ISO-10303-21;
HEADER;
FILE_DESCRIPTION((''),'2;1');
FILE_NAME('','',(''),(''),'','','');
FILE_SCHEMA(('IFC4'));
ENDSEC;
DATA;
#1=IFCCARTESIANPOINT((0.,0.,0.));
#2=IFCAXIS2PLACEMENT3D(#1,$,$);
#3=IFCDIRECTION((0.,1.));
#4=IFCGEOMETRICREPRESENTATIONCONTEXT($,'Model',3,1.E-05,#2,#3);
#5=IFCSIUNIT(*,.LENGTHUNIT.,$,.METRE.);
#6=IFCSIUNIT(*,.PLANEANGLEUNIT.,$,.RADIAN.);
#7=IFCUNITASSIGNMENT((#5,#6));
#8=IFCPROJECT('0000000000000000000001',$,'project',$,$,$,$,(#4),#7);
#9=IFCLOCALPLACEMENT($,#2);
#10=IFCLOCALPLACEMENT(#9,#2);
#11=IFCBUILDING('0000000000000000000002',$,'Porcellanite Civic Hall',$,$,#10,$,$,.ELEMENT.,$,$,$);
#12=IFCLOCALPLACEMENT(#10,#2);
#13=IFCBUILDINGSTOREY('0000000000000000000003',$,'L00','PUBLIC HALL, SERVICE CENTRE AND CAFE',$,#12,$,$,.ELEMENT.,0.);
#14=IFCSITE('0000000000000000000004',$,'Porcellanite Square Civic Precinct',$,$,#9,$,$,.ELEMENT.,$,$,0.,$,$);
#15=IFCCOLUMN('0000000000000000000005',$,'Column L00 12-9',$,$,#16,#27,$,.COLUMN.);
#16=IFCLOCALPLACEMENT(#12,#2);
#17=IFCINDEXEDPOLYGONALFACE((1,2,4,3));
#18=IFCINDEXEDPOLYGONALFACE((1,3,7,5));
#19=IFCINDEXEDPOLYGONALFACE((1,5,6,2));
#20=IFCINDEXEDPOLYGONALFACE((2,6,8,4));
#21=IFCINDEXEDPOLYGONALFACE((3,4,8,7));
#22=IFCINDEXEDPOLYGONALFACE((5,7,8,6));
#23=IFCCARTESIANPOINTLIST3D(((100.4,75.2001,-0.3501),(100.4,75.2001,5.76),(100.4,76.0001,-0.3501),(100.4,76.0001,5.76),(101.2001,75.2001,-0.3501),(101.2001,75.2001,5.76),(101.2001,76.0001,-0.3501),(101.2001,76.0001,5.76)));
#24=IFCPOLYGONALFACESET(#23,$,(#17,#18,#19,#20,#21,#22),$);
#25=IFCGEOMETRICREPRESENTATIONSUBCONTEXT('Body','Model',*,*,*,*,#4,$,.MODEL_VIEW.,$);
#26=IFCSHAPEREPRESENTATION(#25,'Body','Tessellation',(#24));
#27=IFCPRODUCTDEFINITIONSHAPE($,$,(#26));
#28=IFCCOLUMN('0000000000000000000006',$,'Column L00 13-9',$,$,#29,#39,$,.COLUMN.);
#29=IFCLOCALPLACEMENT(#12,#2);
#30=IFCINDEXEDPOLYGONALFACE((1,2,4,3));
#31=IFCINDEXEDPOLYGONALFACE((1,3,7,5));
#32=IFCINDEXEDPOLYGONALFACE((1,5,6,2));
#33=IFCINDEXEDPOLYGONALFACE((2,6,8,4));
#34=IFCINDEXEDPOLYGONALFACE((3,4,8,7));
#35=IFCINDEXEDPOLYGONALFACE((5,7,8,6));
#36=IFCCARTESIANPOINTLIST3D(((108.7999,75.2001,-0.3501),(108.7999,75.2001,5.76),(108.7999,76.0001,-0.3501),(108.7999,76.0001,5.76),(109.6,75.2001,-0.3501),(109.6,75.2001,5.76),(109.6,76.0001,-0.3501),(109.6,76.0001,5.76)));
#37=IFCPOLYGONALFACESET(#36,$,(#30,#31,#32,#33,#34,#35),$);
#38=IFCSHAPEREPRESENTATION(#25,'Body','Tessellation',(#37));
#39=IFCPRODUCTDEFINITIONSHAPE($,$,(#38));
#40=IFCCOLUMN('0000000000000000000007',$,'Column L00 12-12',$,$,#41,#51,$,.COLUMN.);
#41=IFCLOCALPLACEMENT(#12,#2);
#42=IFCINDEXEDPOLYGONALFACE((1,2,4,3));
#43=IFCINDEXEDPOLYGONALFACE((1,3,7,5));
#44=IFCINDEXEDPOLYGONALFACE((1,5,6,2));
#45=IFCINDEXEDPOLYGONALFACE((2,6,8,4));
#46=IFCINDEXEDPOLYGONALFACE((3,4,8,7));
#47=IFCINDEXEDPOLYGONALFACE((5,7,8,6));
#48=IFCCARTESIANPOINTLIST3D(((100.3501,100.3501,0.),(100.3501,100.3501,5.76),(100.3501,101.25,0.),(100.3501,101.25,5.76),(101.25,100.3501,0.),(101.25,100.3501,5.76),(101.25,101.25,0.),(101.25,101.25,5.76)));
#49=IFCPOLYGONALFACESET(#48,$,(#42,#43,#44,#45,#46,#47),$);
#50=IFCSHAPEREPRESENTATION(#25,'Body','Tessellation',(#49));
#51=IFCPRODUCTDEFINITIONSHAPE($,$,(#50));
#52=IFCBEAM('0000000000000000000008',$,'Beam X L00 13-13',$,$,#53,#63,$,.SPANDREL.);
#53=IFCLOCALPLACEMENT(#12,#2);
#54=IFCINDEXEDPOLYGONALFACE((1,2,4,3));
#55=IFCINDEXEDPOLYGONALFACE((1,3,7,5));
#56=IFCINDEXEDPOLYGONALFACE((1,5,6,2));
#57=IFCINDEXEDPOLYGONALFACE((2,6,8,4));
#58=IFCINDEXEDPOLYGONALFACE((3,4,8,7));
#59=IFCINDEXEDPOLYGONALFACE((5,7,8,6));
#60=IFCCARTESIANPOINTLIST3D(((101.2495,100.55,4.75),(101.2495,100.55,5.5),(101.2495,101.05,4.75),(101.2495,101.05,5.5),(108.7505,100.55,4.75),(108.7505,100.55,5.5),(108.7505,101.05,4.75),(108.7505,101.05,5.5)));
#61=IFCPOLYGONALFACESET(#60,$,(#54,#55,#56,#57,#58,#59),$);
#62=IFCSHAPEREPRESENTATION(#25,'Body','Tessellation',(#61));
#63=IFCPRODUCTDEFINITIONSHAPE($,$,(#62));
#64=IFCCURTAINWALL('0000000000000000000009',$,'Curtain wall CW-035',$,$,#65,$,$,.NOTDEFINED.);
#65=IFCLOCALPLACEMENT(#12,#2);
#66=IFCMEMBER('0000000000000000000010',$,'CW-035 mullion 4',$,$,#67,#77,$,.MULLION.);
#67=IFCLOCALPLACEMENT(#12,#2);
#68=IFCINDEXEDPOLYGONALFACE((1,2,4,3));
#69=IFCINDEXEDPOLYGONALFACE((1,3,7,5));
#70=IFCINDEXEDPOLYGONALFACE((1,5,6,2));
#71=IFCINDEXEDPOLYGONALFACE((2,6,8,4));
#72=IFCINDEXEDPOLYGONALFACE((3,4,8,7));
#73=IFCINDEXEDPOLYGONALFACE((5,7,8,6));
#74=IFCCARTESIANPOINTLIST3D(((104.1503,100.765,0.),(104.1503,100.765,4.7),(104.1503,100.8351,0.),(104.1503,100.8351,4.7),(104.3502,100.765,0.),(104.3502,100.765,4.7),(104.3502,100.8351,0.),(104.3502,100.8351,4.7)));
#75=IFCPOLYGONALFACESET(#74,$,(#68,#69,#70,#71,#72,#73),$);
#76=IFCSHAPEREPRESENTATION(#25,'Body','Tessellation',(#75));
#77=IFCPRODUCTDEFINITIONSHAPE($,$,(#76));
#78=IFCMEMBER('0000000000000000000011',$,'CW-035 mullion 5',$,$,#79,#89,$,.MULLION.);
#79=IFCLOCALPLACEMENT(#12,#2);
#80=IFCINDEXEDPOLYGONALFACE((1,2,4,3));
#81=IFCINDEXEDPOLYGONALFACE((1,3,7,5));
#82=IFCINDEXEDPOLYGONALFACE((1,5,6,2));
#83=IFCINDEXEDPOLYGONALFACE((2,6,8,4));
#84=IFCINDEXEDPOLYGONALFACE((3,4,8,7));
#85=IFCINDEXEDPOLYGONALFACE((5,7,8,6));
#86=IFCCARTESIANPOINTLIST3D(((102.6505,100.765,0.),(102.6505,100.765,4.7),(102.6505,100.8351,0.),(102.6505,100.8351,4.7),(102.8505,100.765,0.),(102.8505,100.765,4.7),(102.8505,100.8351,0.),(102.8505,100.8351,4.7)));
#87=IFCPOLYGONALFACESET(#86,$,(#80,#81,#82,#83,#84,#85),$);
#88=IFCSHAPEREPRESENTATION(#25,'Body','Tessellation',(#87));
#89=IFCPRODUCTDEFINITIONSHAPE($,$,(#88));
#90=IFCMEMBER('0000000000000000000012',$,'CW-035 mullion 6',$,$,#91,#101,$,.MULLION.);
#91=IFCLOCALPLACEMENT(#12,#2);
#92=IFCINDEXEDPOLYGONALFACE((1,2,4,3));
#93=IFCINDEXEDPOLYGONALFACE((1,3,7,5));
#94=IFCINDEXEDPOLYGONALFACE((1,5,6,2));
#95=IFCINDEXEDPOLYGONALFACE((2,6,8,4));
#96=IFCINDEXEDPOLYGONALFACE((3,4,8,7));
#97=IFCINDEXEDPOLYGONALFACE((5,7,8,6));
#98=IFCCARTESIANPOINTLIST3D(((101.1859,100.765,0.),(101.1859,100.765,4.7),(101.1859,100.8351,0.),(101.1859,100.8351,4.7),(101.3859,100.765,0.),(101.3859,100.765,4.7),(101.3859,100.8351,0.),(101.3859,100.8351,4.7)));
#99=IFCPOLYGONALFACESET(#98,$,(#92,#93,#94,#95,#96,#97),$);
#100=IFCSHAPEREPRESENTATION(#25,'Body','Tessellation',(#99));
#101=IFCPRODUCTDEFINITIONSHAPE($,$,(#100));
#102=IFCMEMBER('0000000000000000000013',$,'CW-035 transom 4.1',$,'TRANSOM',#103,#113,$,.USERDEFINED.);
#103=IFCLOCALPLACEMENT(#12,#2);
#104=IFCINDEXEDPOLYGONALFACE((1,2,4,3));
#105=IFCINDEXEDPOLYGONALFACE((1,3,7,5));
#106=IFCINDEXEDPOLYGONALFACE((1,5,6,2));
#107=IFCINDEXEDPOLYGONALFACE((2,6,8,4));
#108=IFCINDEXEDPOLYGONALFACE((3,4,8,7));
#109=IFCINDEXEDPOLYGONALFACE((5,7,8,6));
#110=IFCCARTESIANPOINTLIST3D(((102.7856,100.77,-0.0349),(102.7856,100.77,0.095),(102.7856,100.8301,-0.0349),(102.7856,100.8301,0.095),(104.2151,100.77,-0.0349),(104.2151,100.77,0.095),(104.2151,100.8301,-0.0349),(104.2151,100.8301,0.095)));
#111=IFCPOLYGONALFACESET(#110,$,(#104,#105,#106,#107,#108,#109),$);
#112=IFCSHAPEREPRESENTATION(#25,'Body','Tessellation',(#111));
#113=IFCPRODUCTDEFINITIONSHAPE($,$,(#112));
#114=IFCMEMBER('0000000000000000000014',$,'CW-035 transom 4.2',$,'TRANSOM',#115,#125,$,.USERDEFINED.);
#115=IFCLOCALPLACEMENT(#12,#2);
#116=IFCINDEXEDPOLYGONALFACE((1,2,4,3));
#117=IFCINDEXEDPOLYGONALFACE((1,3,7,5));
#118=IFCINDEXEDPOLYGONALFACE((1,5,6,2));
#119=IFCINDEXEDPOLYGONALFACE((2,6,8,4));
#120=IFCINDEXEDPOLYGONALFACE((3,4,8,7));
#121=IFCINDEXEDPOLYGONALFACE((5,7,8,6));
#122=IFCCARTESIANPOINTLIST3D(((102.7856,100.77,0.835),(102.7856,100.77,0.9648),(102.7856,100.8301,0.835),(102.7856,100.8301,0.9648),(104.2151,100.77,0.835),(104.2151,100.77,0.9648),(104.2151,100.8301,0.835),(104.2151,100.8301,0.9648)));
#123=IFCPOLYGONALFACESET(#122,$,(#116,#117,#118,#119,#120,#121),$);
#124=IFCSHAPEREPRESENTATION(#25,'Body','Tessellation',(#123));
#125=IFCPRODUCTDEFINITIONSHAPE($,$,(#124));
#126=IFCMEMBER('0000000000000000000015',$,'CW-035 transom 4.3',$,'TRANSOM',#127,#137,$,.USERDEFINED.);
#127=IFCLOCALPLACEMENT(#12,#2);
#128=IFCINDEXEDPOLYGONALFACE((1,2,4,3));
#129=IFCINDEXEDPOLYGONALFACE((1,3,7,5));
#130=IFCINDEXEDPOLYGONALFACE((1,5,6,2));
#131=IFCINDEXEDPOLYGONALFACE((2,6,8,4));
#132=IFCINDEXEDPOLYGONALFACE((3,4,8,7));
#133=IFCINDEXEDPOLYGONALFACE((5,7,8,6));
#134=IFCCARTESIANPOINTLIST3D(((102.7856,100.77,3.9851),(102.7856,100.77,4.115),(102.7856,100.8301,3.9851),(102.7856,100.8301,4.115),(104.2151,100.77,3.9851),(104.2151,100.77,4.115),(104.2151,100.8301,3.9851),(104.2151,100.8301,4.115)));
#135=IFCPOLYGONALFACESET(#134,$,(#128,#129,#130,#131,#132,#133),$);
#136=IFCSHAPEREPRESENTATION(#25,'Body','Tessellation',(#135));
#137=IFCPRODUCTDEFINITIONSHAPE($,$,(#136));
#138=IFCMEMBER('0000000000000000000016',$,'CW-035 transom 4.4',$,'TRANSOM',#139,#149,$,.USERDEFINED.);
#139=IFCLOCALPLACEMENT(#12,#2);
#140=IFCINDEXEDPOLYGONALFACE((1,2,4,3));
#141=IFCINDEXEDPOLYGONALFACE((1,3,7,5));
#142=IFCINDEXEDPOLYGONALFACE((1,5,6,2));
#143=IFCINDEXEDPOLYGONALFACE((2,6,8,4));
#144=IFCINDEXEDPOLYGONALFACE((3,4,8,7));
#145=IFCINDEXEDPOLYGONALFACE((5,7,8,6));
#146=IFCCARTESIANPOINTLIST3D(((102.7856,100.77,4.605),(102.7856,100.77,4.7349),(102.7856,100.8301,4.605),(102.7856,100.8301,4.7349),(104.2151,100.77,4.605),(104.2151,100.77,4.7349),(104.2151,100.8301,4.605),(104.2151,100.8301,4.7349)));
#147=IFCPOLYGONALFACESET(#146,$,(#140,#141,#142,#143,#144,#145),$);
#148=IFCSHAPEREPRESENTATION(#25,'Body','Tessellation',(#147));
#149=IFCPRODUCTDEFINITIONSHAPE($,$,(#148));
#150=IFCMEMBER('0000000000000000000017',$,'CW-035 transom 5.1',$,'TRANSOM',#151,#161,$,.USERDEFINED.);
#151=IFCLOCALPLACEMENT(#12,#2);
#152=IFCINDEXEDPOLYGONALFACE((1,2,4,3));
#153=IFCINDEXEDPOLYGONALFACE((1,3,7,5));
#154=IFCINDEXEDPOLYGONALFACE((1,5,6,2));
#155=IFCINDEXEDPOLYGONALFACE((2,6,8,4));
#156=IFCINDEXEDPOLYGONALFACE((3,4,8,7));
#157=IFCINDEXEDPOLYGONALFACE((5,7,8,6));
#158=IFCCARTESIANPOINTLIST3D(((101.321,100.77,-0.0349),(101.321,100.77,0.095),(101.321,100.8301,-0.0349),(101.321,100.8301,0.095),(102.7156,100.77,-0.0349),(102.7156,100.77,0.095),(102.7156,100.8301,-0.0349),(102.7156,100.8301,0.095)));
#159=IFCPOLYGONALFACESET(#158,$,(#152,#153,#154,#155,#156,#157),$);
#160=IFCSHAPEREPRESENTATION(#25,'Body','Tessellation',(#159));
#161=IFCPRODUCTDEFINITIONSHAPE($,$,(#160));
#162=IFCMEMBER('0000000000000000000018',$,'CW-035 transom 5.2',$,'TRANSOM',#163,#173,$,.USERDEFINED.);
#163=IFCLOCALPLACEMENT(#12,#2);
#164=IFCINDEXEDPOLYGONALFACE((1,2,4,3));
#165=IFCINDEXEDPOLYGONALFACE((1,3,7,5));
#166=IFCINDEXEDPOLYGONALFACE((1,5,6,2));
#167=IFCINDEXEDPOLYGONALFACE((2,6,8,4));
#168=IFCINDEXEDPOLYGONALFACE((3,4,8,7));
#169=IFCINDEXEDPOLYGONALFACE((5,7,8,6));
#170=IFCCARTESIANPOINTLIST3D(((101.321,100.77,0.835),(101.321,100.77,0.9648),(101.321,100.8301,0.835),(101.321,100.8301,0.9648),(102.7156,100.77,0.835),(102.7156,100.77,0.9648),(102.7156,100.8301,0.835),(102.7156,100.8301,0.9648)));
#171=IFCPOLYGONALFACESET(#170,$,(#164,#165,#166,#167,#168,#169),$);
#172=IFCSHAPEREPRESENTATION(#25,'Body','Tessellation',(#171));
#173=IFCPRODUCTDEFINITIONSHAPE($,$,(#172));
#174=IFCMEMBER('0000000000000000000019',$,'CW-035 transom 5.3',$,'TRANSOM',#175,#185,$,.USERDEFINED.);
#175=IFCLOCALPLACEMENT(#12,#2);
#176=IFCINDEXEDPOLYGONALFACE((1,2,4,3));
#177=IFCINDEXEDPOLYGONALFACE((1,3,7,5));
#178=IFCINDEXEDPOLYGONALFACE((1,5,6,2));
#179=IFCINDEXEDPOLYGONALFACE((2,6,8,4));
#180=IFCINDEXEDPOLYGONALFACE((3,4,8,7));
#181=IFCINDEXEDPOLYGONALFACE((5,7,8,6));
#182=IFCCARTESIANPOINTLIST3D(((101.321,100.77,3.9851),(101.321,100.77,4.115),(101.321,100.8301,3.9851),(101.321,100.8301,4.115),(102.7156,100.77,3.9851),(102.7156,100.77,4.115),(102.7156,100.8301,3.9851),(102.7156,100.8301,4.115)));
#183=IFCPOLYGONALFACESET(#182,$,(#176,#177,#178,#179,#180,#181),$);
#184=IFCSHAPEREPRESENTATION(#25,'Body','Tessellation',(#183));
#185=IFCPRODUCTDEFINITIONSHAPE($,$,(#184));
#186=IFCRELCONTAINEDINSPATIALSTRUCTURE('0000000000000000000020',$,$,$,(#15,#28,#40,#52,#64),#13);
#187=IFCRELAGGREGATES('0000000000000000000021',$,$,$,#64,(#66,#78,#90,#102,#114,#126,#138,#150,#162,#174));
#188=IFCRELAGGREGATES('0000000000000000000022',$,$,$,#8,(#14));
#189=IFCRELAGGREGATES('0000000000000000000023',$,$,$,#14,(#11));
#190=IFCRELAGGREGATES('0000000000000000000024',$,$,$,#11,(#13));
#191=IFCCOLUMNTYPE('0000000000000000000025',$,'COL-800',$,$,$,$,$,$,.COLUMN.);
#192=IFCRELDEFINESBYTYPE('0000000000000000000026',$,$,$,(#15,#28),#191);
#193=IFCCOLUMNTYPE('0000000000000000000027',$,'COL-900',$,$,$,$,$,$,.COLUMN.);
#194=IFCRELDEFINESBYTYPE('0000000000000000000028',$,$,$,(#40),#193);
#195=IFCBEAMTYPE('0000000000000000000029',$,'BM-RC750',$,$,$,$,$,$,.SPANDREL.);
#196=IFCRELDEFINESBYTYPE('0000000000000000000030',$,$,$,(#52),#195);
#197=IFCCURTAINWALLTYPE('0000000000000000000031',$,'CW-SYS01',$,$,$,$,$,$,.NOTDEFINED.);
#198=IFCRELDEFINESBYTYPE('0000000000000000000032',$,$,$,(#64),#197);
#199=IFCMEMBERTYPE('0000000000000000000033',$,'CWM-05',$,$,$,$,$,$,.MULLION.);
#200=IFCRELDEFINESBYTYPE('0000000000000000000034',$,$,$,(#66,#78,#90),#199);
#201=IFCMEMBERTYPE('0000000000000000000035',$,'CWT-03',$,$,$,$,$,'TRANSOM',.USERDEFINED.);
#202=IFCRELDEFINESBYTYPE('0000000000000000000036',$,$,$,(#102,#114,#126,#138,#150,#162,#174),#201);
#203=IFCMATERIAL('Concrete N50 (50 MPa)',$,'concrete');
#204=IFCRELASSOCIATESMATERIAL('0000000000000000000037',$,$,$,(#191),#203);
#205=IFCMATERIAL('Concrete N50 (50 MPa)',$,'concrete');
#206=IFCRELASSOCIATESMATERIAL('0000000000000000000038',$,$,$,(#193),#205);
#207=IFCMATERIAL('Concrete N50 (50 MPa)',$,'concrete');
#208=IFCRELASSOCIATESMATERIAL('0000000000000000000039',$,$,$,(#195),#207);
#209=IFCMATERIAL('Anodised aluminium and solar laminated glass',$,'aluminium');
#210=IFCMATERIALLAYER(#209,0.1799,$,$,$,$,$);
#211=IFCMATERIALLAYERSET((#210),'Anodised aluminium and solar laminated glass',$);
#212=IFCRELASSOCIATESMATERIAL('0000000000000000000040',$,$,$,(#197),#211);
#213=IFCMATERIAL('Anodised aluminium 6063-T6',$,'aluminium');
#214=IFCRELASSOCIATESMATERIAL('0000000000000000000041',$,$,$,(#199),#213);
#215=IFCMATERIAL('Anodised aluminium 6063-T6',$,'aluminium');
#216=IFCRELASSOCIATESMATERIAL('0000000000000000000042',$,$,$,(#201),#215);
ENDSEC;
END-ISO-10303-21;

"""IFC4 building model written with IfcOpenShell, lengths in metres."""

from ifc_helpers import new_model, si_unit, direction, frame, origin, origin_2d, place, context, subcontext, project, spatial, rectangle, extrude, material, layer, layer_set, material_profile, profile_set, type_object, element, aggregate, save


model = new_model("IFC4")

# Units and contexts
model_context = context("Model", 3, precision=1e-05, world=origin(), true_north=direction((0.0, 1.0)))
body_context = subcontext(model_context, "Body", "Model", "MODEL_VIEW")
ifc_project = project(units=[si_unit("LENGTHUNIT", "METRE"), si_unit("PLANEANGLEUNIT", "RADIAN")], contexts=[model_context])

# Site, building, storey
site_placement = place(None, origin())
site = spatial("IfcSite", under=ifc_project, at=site_placement, Name="Porcellanite Square Civic Precinct", CompositionType="ELEMENT", RefElevation=0.0)
building_placement = place(site_placement, origin())
building = spatial("IfcBuilding", under=site, at=building_placement, Name="Porcellanite Civic Hall", CompositionType="ELEMENT")
storey_placement = place(building_placement, origin())
storey = spatial("IfcBuildingStorey", under=building, at=storey_placement, Name="L00", Description="PUBLIC HALL, SERVICE CENTRE AND CAFE", CompositionType="ELEMENT", Elevation=0.0)

# Columns
ifc_material_1 = material(Name="Concrete N50 (50 MPa)", Category="concrete")
ifc_material_profile_1 = material_profile(ifc_material_1, rectangle(XDim=0.8, YDim=0.8, at=origin_2d()), Name="RC-800x800")
ifc_profile_set_1 = profile_set([ifc_material_profile_1], Name="Concrete N50 (50 MPa)")
column_type_1 = type_object("IfcColumnType", Name="COL-800", PredefinedType="COLUMN", material=ifc_profile_set_1)
for number, where, z_axis, x_axis, name in (
    (1, (100.8, 75.6001, -0.3501), (0.0, 0.0, 1.0), (1.0, 0.0, 0.0), "Column L00 12-9"),
    (2, (109.2, 75.6001, -0.3501), (0.0, 0.0, 1.0), (1.0, 0.0, 0.0), "Column L00 13-9"),
):
    element("IfcColumn", number, at=place(storey_placement, frame(where, z_axis=z_axis, x_axis=x_axis)), inside=storey, type_object=column_type_1, Name=name, PredefinedType="COLUMN", context=body_context, shape_type="SweptSolid", body=[
        extrude(rectangle(XDim=0.8, YDim=0.8, at=origin_2d()), origin(), (0.0, 0.0, 1.0), 6.1101),
    ])
ifc_material_2 = material(Name="Concrete N50 (50 MPa)", Category="concrete")
ifc_material_profile_2 = material_profile(ifc_material_2, rectangle(XDim=0.8999, YDim=0.8999, at=origin_2d()), Name="RC-900x900")
ifc_profile_set_2 = profile_set([ifc_material_profile_2], Name="Concrete N50 (50 MPa)")
column_type_2 = type_object("IfcColumnType", Name="COL-900", PredefinedType="COLUMN", material=ifc_profile_set_2)
column_placement = place(storey_placement, frame((100.8, 100.8, 0.0), z_axis=(0.0, 0.0, 1.0), x_axis=(1.0, 0.0, 0.0)))
element("IfcColumn", 3, at=column_placement, inside=storey, type_object=column_type_2, Name="Column L00 12-12", PredefinedType="COLUMN", context=body_context, shape_type="SweptSolid", body=[
    extrude(rectangle(XDim=0.8999, YDim=0.8999, at=origin_2d()), origin(), (0.0, 0.0, 1.0), 5.76),
])

# Beam
ifc_material_3 = material(Name="Concrete N50 (50 MPa)", Category="concrete")
ifc_material_profile_3 = material_profile(ifc_material_3, rectangle(XDim=0.5, YDim=0.75, at=origin_2d()), Name="RC-500x750")
ifc_profile_set_3 = profile_set([ifc_material_profile_3], Name="Concrete N50 (50 MPa)")
beam_type = type_object("IfcBeamType", Name="BM-RC750", PredefinedType="SPANDREL", material=ifc_profile_set_3)
beam_placement = place(storey_placement, frame((101.2495, 100.8, 5.125), z_axis=(1.0, 0.0, 0.0), x_axis=(0.0, 1.0, 0.0)))
element("IfcBeam", 4, at=beam_placement, inside=storey, type_object=beam_type, Name="Beam X L00 13-13", PredefinedType="SPANDREL", context=body_context, shape_type="SweptSolid", body=[
    extrude(rectangle(XDim=0.5, YDim=0.75, at=origin_2d()), origin(), (0.0, 0.0, 1.0), 7.501),
])

# Curtain wall, members
ifc_material_4 = material(Name="Anodised aluminium and solar laminated glass", Category="aluminium")
ifc_layer_1 = layer(ifc_material_4, 0.1799)
ifc_layer_set_1 = layer_set([ifc_layer_1], Name="Anodised aluminium and solar laminated glass")
curtain_wall_type = type_object("IfcCurtainWallType", Name="CW-SYS01", PredefinedType="NOTDEFINED", material=ifc_layer_set_1)
curtain_wall_placement = place(storey_placement, origin())
curtain_wall = element("IfcCurtainWall", 5, at=curtain_wall_placement, inside=storey, type_object=curtain_wall_type, Name="Curtain wall CW-035", PredefinedType="NOTDEFINED")
ifc_material_5 = material(Name="Anodised aluminium 6063-T6", Category="aluminium")
ifc_material_profile_4 = material_profile(ifc_material_5, rectangle(XDim=0.0701, YDim=0.2, at=origin_2d()), Name="AL-70x200")
ifc_profile_set_4 = profile_set([ifc_material_profile_4], Name="Anodised aluminium 6063-T6")
member_type_1 = type_object("IfcMemberType", Name="CWM-05", PredefinedType="MULLION", material=ifc_profile_set_4)
member_1_placement = place(storey_placement, frame((104.2502, 100.8, 0.0), z_axis=(0.0, 0.0, 1.0), x_axis=(0.0, -1.0, 0.0)))
member_1 = element("IfcMember", 6, at=member_1_placement, type_object=member_type_1, Name="CW-035 mullion 4", PredefinedType="MULLION", context=body_context, shape_type="SweptSolid", body=[
    extrude(rectangle(XDim=0.0701, YDim=0.2, at=origin_2d()), origin(), (0.0, 0.0, 1.0), 4.7),
])
member_2_placement = place(storey_placement, frame((102.7505, 100.8, 0.0), z_axis=(0.0, 0.0, 1.0), x_axis=(0.0, -1.0, 0.0)))
member_2 = element("IfcMember", 7, at=member_2_placement, type_object=member_type_1, Name="CW-035 mullion 5", PredefinedType="MULLION", context=body_context, shape_type="SweptSolid", body=[
    extrude(rectangle(XDim=0.0701, YDim=0.2, at=origin_2d()), origin(), (0.0, 0.0, 1.0), 4.7),
])
member_3_placement = place(storey_placement, frame((101.2859, 100.8, 0.0), z_axis=(0.0, 0.0, 1.0), x_axis=(0.0, -1.0, 0.0)))
member_3 = element("IfcMember", 8, at=member_3_placement, type_object=member_type_1, Name="CW-035 mullion 6", PredefinedType="MULLION", context=body_context, shape_type="SweptSolid", body=[
    extrude(rectangle(XDim=0.0701, YDim=0.2, at=origin_2d()), origin(), (0.0, 0.0, 1.0), 4.7),
])
ifc_material_6 = material(Name="Anodised aluminium 6063-T6", Category="aluminium")
ifc_material_profile_5 = material_profile(ifc_material_6, rectangle(XDim=0.0601, YDim=0.1299, at=origin_2d()), Name="AL-60x130")
ifc_profile_set_5 = profile_set([ifc_material_profile_5], Name="Anodised aluminium 6063-T6")
member_type_2 = type_object("IfcMemberType", Name="CWT-03", ElementType="TRANSOM", PredefinedType="USERDEFINED", material=ifc_profile_set_5)
member_4_placement = place(storey_placement, frame((104.2151, 100.8, 0.03), z_axis=(-1.0, 0.0, 0.0), x_axis=(0.0, -1.0, 0.0)))
member_4 = element("IfcMember", 9, at=member_4_placement, type_object=member_type_2, Name="CW-035 transom 4.1", ObjectType="TRANSOM", PredefinedType="USERDEFINED", context=body_context, shape_type="SweptSolid", body=[
    extrude(rectangle(XDim=0.0601, YDim=0.1299, at=origin_2d()), origin(), (0.0, 0.0, 1.0), 1.4294),
])
member_5_placement = place(storey_placement, frame((104.2151, 100.8, 0.8999), z_axis=(-1.0, 0.0, 0.0), x_axis=(0.0, -1.0, 0.0)))
member_5 = element("IfcMember", 10, at=member_5_placement, type_object=member_type_2, Name="CW-035 transom 4.2", ObjectType="TRANSOM", PredefinedType="USERDEFINED", context=body_context, shape_type="SweptSolid", body=[
    extrude(rectangle(XDim=0.0601, YDim=0.1299, at=origin_2d()), origin(), (0.0, 0.0, 1.0), 1.4294),
])
member_6_placement = place(storey_placement, frame((104.2151, 100.8, 4.05), z_axis=(-1.0, 0.0, 0.0), x_axis=(0.0, -1.0, 0.0)))
member_6 = element("IfcMember", 11, at=member_6_placement, type_object=member_type_2, Name="CW-035 transom 4.3", ObjectType="TRANSOM", PredefinedType="USERDEFINED", context=body_context, shape_type="SweptSolid", body=[
    extrude(rectangle(XDim=0.0601, YDim=0.1299, at=origin_2d()), origin(), (0.0, 0.0, 1.0), 1.4294),
])
member_7_placement = place(storey_placement, frame((104.2151, 100.8, 4.6699), z_axis=(-1.0, 0.0, 0.0), x_axis=(0.0, -1.0, 0.0)))
member_7 = element("IfcMember", 12, at=member_7_placement, type_object=member_type_2, Name="CW-035 transom 4.4", ObjectType="TRANSOM", PredefinedType="USERDEFINED", context=body_context, shape_type="SweptSolid", body=[
    extrude(rectangle(XDim=0.0601, YDim=0.1299, at=origin_2d()), origin(), (0.0, 0.0, 1.0), 1.4294),
])
member_8_placement = place(storey_placement, frame((102.7156, 100.8, 0.03), z_axis=(-1.0, 0.0, 0.0), x_axis=(0.0, -1.0, 0.0)))
member_8 = element("IfcMember", 13, at=member_8_placement, type_object=member_type_2, Name="CW-035 transom 5.1", ObjectType="TRANSOM", PredefinedType="USERDEFINED", context=body_context, shape_type="SweptSolid", body=[
    extrude(rectangle(XDim=0.0601, YDim=0.1299, at=origin_2d()), origin(), (0.0, 0.0, 1.0), 1.3945),
])
member_9_placement = place(storey_placement, frame((102.7156, 100.8, 0.8999), z_axis=(-1.0, 0.0, 0.0), x_axis=(0.0, -1.0, 0.0)))
member_9 = element("IfcMember", 14, at=member_9_placement, type_object=member_type_2, Name="CW-035 transom 5.2", ObjectType="TRANSOM", PredefinedType="USERDEFINED", context=body_context, shape_type="SweptSolid", body=[
    extrude(rectangle(XDim=0.0601, YDim=0.1299, at=origin_2d()), origin(), (0.0, 0.0, 1.0), 1.3945),
])
member_10_placement = place(storey_placement, frame((102.7156, 100.8, 4.05), z_axis=(-1.0, 0.0, 0.0), x_axis=(0.0, -1.0, 0.0)))
member_10 = element("IfcMember", 15, at=member_10_placement, type_object=member_type_2, Name="CW-035 transom 5.3", ObjectType="TRANSOM", PredefinedType="USERDEFINED", context=body_context, shape_type="SweptSolid", body=[
    extrude(rectangle(XDim=0.0601, YDim=0.1299, at=origin_2d()), origin(), (0.0, 0.0, 1.0), 1.3945),
])

aggregate(curtain_wall, [member_1, member_2, member_3, member_4, member_5, member_6, member_7, member_8, member_9, member_10])

save(model, "model.ifc")
